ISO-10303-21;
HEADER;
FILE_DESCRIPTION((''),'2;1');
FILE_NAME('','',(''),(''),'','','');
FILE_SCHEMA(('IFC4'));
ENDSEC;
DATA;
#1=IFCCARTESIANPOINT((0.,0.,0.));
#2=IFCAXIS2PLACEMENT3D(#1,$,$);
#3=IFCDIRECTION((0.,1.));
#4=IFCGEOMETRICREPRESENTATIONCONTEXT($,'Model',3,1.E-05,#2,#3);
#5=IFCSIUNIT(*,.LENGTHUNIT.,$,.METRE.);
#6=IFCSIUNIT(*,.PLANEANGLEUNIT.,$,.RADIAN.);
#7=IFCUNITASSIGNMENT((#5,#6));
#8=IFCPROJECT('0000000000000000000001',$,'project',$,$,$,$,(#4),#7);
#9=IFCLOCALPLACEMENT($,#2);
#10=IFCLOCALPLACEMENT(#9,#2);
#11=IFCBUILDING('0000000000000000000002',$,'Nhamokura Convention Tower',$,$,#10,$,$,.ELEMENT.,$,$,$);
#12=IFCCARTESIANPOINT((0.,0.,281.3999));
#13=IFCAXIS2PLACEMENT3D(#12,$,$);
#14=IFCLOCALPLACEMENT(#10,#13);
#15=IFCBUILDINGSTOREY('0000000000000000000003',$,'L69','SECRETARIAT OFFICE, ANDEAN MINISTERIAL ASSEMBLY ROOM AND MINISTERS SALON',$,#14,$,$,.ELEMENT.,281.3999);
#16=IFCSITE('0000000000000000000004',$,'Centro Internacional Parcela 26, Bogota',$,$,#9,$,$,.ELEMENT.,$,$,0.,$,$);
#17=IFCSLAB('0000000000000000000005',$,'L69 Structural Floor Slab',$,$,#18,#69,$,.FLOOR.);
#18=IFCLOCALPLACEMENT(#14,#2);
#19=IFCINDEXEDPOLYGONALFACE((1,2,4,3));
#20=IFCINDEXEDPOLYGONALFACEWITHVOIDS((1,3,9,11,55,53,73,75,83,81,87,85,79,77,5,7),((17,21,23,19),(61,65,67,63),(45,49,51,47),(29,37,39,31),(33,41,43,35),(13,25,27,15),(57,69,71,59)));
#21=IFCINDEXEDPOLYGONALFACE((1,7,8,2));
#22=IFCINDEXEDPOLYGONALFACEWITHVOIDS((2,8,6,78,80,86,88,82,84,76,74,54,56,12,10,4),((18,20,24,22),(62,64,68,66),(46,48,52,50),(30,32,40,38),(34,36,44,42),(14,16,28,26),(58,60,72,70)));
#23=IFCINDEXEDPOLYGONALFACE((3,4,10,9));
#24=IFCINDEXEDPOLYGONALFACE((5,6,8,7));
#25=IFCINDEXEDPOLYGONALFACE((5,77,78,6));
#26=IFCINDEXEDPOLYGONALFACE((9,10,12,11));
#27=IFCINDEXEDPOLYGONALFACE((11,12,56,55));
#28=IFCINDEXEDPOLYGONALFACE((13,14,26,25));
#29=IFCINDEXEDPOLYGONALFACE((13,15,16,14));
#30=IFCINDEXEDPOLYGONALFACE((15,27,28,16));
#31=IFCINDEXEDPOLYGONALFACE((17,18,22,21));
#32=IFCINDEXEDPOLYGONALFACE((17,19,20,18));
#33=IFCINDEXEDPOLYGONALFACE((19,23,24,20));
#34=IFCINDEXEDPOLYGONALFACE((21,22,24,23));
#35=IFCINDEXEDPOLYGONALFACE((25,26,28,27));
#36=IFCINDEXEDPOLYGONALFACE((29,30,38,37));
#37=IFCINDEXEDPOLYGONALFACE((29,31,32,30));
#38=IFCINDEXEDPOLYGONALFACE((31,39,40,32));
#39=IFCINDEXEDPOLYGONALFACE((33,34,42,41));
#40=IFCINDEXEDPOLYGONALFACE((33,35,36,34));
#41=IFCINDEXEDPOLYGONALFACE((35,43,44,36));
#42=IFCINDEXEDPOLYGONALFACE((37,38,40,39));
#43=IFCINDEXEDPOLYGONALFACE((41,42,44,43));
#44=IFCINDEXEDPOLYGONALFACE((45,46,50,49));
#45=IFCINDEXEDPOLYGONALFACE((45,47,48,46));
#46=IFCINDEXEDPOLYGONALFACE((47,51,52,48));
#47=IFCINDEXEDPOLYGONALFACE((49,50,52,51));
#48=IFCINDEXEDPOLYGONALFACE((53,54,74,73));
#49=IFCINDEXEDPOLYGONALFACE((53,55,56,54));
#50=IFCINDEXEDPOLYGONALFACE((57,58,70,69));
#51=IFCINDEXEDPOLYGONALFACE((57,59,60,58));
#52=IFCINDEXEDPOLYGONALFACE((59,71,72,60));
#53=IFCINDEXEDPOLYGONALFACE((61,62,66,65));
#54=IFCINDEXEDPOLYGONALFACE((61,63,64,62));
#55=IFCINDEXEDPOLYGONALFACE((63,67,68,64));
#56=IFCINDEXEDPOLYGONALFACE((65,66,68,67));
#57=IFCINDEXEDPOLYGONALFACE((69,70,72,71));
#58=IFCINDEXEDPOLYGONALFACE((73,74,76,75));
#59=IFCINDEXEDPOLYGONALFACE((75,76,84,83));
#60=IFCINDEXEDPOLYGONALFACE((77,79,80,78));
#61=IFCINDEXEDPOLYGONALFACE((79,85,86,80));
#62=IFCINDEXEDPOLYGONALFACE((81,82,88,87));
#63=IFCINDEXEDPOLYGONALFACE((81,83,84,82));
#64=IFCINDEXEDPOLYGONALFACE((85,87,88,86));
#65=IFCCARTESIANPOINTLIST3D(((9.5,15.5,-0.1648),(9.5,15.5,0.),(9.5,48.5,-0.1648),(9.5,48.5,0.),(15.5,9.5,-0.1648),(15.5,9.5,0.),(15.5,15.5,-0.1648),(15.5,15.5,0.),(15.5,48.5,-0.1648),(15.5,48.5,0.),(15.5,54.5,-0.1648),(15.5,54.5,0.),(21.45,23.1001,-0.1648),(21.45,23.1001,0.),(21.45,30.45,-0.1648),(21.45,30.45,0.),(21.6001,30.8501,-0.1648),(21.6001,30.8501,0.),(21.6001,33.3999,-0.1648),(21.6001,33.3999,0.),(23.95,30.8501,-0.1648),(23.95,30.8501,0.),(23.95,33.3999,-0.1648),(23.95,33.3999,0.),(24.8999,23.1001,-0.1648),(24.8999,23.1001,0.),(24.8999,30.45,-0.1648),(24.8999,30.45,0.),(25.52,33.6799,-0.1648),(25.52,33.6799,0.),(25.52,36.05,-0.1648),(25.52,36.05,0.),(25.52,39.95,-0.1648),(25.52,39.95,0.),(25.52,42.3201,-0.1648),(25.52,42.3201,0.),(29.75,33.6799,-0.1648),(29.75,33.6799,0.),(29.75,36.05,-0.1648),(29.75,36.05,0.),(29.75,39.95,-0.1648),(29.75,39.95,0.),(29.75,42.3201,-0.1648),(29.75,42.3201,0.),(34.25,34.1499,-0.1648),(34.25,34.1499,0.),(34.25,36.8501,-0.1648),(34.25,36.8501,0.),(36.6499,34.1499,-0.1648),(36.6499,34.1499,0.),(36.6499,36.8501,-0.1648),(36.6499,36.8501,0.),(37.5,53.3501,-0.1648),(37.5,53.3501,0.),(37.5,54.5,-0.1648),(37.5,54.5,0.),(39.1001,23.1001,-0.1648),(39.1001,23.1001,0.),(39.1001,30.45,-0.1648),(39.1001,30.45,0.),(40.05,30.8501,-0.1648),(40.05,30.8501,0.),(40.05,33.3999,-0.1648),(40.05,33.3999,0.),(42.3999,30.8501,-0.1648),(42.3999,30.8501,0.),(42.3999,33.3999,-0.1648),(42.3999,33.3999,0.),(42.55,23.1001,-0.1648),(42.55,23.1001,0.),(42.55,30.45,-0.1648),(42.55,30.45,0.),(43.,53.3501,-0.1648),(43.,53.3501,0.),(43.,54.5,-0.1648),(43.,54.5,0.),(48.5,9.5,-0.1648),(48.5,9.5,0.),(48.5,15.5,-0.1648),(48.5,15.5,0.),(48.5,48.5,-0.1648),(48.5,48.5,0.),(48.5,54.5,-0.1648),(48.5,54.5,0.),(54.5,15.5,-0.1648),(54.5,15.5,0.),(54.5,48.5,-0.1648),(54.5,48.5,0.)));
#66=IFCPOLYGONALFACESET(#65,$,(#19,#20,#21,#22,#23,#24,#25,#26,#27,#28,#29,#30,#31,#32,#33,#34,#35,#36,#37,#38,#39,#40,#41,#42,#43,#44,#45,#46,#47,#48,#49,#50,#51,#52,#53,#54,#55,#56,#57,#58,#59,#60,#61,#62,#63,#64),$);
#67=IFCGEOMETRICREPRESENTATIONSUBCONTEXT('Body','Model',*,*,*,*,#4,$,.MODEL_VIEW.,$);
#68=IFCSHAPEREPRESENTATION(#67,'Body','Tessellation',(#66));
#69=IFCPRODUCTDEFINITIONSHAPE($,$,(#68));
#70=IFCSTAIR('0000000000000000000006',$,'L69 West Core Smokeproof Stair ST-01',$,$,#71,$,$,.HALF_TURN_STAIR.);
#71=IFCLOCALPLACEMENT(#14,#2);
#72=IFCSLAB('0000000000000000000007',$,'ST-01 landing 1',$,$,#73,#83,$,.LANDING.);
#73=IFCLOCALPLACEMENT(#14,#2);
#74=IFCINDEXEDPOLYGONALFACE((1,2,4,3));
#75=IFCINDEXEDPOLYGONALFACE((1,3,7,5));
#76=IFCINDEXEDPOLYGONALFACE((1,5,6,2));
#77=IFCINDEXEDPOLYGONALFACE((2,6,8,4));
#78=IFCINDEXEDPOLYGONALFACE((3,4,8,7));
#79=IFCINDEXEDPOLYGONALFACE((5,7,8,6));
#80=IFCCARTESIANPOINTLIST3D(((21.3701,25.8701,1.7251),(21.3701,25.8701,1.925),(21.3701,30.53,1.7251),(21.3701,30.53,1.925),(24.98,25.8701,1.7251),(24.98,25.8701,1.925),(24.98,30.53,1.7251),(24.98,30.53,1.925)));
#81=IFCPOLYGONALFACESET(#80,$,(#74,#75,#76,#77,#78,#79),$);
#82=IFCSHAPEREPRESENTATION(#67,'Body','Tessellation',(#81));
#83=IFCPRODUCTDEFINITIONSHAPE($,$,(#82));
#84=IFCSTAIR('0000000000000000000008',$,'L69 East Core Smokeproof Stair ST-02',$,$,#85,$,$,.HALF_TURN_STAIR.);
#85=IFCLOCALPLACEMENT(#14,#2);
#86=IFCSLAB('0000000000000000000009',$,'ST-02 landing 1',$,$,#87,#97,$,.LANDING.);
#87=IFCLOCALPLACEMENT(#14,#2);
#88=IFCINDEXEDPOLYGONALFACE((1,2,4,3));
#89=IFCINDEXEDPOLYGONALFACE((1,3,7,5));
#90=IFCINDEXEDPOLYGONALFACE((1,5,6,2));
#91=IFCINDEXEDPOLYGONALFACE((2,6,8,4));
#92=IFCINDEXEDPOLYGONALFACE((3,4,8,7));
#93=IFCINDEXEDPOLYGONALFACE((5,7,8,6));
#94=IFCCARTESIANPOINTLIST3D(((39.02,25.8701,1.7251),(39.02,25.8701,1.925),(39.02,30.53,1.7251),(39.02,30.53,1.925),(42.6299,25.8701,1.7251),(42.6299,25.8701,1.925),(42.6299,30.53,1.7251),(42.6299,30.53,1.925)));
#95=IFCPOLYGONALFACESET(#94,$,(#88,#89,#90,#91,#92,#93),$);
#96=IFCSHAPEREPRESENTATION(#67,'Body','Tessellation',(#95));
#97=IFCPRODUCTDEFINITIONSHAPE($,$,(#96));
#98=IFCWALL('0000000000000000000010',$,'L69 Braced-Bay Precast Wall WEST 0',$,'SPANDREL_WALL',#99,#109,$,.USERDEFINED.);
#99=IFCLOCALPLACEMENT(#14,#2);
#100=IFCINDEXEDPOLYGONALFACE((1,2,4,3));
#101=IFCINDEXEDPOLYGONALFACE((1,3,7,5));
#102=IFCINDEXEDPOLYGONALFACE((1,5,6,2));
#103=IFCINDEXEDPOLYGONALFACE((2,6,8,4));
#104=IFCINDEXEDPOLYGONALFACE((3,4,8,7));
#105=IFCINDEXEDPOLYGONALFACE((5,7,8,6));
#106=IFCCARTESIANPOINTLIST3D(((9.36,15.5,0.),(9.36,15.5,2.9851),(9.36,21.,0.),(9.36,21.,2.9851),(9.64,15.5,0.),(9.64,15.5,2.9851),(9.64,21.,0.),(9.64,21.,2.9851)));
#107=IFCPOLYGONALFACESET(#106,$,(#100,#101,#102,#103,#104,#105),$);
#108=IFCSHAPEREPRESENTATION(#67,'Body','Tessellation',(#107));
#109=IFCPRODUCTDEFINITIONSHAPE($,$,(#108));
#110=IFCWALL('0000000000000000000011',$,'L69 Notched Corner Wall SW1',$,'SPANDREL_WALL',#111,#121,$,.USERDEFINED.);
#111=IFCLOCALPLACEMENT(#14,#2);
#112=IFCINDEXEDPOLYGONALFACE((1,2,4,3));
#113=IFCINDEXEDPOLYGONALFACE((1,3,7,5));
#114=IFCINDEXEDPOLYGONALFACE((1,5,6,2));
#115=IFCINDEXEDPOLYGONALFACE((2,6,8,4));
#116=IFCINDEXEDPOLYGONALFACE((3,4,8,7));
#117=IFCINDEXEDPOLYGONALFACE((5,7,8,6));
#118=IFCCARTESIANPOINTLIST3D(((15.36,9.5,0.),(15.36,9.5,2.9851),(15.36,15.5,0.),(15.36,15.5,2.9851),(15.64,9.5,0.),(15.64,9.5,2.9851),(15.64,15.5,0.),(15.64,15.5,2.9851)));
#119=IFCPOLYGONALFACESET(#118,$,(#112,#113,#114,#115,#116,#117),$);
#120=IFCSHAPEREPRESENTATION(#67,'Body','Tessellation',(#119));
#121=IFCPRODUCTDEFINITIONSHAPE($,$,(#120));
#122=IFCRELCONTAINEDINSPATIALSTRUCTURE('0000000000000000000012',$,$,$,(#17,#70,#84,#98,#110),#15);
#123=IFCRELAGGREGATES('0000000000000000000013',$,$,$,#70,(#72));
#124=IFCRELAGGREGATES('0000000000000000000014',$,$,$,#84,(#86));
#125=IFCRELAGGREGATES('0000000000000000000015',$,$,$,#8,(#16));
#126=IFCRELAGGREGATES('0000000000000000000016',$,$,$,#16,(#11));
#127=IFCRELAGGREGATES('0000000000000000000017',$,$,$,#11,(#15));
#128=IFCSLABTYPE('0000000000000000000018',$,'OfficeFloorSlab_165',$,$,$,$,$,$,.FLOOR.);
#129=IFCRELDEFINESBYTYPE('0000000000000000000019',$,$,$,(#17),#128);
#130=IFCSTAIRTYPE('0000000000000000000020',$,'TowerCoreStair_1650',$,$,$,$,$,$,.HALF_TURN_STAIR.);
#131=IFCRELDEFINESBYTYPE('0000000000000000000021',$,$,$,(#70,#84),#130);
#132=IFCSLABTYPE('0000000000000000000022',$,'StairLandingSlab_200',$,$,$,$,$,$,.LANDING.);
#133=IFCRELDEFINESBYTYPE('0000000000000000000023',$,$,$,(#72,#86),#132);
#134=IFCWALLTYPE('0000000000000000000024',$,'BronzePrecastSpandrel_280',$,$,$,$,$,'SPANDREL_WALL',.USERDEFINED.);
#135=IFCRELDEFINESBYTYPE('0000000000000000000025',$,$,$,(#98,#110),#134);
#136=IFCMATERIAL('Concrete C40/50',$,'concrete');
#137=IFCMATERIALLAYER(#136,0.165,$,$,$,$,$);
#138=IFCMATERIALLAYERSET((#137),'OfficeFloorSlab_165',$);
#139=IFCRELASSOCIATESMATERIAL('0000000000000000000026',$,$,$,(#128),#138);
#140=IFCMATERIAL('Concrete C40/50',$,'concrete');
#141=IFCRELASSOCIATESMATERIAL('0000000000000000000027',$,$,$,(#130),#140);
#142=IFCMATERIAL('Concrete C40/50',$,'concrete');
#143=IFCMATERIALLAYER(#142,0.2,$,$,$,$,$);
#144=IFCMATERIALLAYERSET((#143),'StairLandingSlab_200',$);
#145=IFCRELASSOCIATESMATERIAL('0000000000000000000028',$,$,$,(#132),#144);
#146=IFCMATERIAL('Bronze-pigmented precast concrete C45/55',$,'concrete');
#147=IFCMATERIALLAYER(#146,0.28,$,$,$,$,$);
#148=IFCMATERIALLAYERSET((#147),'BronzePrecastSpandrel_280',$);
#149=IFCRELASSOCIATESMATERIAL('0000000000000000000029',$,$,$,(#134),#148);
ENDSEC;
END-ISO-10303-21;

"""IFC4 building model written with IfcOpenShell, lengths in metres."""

from ifc_helpers import new_model, si_unit, direction, frame, frame_2d, origin, place, context, subcontext, project, spatial, polyline, rectangle, outline, extrude, material, layer, layer_set, type_object, element, aggregate, save


model = new_model("IFC4")

# Units and contexts
model_context = context("Model", 3, precision=1e-05, world=origin(), true_north=direction((0.0, 1.0)))
body_context = subcontext(model_context, "Body", "Model", "MODEL_VIEW")
ifc_project = project(units=[si_unit("LENGTHUNIT", "METRE"), si_unit("PLANEANGLEUNIT", "RADIAN")], contexts=[model_context])

# Site, building, storey
site_placement = place(None, origin())
site = spatial("IfcSite", under=ifc_project, at=site_placement, Name="Centro Internacional Parcela 26, Bogota", CompositionType="ELEMENT", RefElevation=0.0)
building_placement = place(site_placement, origin())
building = spatial("IfcBuilding", under=site, at=building_placement, Name="Nhamokura Convention Tower", CompositionType="ELEMENT")
storey_placement = place(building_placement, frame((0.0, 0.0, 281.3999)))
storey = spatial("IfcBuildingStorey", under=building, at=storey_placement, Name="L69", Description="SECRETARIAT OFFICE, ANDEAN MINISTERIAL ASSEMBLY ROOM AND MINISTERS SALON", CompositionType="ELEMENT", Elevation=281.3999)

# Slab
ifc_material_1 = material(Name="Concrete C40/50", Category="concrete")
ifc_layer_1 = layer(ifc_material_1, 0.165)
ifc_layer_set_1 = layer_set([ifc_layer_1], Name="OfficeFloorSlab_165")
slab_type_1 = type_object("IfcSlabType", Name="OfficeFloorSlab_165", PredefinedType="FLOOR", material=ifc_layer_set_1)
slab_1_placement = place(storey_placement, frame((0.0, 0.0, -0.1648)))
element("IfcSlab", 1, at=slab_1_placement, inside=storey, type_object=slab_type_1, Name="L69 Structural Floor Slab", PredefinedType="FLOOR", context=body_context, shape_type="SweptSolid", body=[
    extrude(outline(polyline([(15.5, 9.5), (48.5, 9.5), (48.5, 15.5), (54.5, 15.5), (54.5, 48.5), (48.5, 48.5), (48.5, 54.5), (43.0, 54.5), (43.0, 53.3501), (37.5, 53.3501), (37.5, 54.5), (15.5, 54.5), (15.5, 48.5), (9.5, 48.5), (9.5, 15.5), (15.5, 15.5), (15.5, 9.5)]), holes=[polyline([(24.8999, 23.1001), (24.8999, 30.45), (21.45, 30.45), (21.45, 23.1001), (24.8999, 23.1001)]), polyline([(42.55, 23.1001), (42.55, 30.45), (39.1001, 30.45), (39.1001, 23.1001), (42.55, 23.1001)]), polyline([(21.6001, 30.8501), (23.95, 30.8501), (23.95, 33.3999), (21.6001, 33.3999), (21.6001, 30.8501)]), polyline([(40.05, 30.8501), (42.3999, 30.8501), (42.3999, 33.3999), (40.05, 33.3999), (40.05, 30.8501)]), polyline([(34.25, 34.1499), (36.6499, 34.1499), (36.6499, 36.8501), (34.25, 36.8501), (34.25, 34.1499)]), polyline([(25.52, 33.6799), (29.75, 33.6799), (29.75, 36.05), (25.52, 36.05), (25.52, 33.6799)]), polyline([(25.52, 39.95), (29.75, 39.95), (29.75, 42.3201), (25.52, 42.3201), (25.52, 39.95)])]), origin(), (0.0, 0.0, 1.0), 0.1648),
])

# Stairs, slabs
ifc_material_2 = material(Name="Concrete C40/50", Category="concrete")
stair_type = type_object("IfcStairType", Name="TowerCoreStair_1650", PredefinedType="HALF_TURN_STAIR", material=ifc_material_2)
stair_1_placement = place(storey_placement, origin())
stair_1 = element("IfcStair", 2, at=stair_1_placement, inside=storey, type_object=stair_type, Name="L69 West Core Smokeproof Stair ST-01", PredefinedType="HALF_TURN_STAIR")
ifc_material_3 = material(Name="Concrete C40/50", Category="concrete")
ifc_layer_2 = layer(ifc_material_3, 0.2)
ifc_layer_set_2 = layer_set([ifc_layer_2], Name="StairLandingSlab_200")
slab_type_2 = type_object("IfcSlabType", Name="StairLandingSlab_200", PredefinedType="LANDING", material=ifc_layer_set_2)
slab_2_placement = place(storey_placement, frame((0.0, 0.0, 1.7251)))
slab_2 = element("IfcSlab", 3, at=slab_2_placement, type_object=slab_type_2, Name="ST-01 landing 1", PredefinedType="LANDING", context=body_context, shape_type="SweptSolid", body=[
    extrude(outline(polyline([(24.98, 25.8701), (24.98, 30.53), (21.3701, 30.53), (21.3701, 25.8701), (24.98, 25.8701)])), origin(), (0.0, 0.0, 1.0), 0.2),
])
aggregate(stair_1, [slab_2])
stair_2_placement = place(storey_placement, origin())
stair_2 = element("IfcStair", 4, at=stair_2_placement, inside=storey, type_object=stair_type, Name="L69 East Core Smokeproof Stair ST-02", PredefinedType="HALF_TURN_STAIR")
slab_3_placement = place(storey_placement, frame((0.0, 0.0, 1.7251)))
slab_3 = element("IfcSlab", 5, at=slab_3_placement, type_object=slab_type_2, Name="ST-02 landing 1", PredefinedType="LANDING", context=body_context, shape_type="SweptSolid", body=[
    extrude(outline(polyline([(42.6299, 25.8701), (42.6299, 30.53), (39.02, 30.53), (39.02, 25.8701), (42.6299, 25.8701)])), origin(), (0.0, 0.0, 1.0), 0.2),
])
aggregate(stair_2, [slab_3])

# Walls
ifc_material_4 = material(Name="Bronze-pigmented precast concrete C45/55", Category="concrete")
ifc_layer_3 = layer(ifc_material_4, 0.28)
ifc_layer_set_3 = layer_set([ifc_layer_3], Name="BronzePrecastSpandrel_280")
wall_type = type_object("IfcWallType", Name="BronzePrecastSpandrel_280", ElementType="SPANDREL_WALL", PredefinedType="USERDEFINED", material=ifc_layer_set_3)
wall_1_placement = place(storey_placement, frame((9.5, 15.5, 0.0), z_axis=(0.0, 0.0, 1.0), x_axis=(0.0, 1.0, 0.0)))
element("IfcWall", 6, at=wall_1_placement, inside=storey, type_object=wall_type, Name="L69 Braced-Bay Precast Wall WEST 0", ObjectType="SPANDREL_WALL", PredefinedType="USERDEFINED", context=body_context, shape_type="SweptSolid", body=[
    extrude(rectangle(XDim=5.5, YDim=0.28, at=frame_2d((2.75, 0.0))), origin(), (0.0, 0.0, 1.0), 2.9851),
])
wall_2_placement = place(storey_placement, frame((15.5, 9.5, 0.0), z_axis=(0.0, 0.0, 1.0), x_axis=(0.0, 1.0, 0.0)))
element("IfcWall", 7, at=wall_2_placement, inside=storey, type_object=wall_type, Name="L69 Notched Corner Wall SW1", ObjectType="SPANDREL_WALL", PredefinedType="USERDEFINED", context=body_context, shape_type="SweptSolid", body=[
    extrude(rectangle(XDim=6.0, YDim=0.28, at=frame_2d((3.0, 0.0))), origin(), (0.0, 0.0, 1.0), 2.9851),
])

save(model, "model.ifc")
